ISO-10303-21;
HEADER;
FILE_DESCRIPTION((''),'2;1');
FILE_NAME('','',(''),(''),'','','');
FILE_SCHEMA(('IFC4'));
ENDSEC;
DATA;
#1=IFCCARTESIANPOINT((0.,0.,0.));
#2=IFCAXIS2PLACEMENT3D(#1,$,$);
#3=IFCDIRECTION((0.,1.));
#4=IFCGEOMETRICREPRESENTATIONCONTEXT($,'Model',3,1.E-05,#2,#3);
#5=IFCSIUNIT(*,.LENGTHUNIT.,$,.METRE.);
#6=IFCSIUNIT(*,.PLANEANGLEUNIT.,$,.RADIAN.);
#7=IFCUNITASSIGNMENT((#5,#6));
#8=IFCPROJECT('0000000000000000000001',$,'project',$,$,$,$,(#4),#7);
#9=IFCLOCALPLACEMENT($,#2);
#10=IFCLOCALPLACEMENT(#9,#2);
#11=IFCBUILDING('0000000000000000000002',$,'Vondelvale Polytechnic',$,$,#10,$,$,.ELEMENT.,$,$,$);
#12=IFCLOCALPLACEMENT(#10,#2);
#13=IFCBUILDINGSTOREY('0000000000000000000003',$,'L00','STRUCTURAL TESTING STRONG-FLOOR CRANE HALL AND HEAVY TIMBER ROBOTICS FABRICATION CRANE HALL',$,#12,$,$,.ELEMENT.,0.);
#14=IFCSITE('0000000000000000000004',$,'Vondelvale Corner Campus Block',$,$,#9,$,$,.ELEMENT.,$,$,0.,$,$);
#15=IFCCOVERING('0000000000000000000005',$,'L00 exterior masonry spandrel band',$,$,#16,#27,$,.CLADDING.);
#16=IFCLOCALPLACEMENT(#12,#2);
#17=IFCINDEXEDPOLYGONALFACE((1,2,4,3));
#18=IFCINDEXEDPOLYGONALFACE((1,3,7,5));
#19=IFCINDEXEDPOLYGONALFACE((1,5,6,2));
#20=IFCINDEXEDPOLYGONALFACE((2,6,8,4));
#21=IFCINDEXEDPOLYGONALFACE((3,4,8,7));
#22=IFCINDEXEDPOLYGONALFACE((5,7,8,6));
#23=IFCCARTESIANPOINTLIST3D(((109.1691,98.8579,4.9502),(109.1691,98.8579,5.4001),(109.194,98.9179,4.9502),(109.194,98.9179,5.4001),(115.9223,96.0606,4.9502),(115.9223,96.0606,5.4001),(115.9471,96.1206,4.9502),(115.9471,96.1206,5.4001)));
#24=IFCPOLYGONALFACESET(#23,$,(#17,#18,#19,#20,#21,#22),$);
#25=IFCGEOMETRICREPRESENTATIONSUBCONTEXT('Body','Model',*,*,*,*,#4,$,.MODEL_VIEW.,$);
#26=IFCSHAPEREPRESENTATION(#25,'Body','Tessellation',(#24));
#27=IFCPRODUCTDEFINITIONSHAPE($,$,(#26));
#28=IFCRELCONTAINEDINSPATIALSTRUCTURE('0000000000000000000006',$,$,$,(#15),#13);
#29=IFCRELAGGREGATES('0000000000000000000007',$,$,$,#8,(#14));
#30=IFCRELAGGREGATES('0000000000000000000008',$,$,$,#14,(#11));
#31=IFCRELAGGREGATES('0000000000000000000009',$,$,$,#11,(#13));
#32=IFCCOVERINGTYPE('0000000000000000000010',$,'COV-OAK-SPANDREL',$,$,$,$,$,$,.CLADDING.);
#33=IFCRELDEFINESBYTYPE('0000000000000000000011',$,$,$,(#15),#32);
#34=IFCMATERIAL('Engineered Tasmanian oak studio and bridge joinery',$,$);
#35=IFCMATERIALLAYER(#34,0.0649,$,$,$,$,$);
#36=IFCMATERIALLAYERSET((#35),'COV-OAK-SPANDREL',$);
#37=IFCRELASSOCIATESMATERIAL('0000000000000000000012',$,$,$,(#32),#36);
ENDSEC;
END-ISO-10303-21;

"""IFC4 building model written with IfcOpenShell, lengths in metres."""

from ifc_helpers import new_model, si_unit, direction, frame, origin, origin_2d, place, context, subcontext, project, spatial, rectangle, extrude, material, layer, layer_set, type_object, element, save


model = new_model("IFC4")

# Units and contexts
model_context = context("Model", 3, precision=1e-05, world=origin(), true_north=direction((0.0, 1.0)))
body_context = subcontext(model_context, "Body", "Model", "MODEL_VIEW")
ifc_project = project(units=[si_unit("LENGTHUNIT", "METRE"), si_unit("PLANEANGLEUNIT", "RADIAN")], contexts=[model_context])

# Site, building, storey
site_placement = place(None, origin())
site = spatial("IfcSite", under=ifc_project, at=site_placement, Name="Vondelvale Corner Campus Block", CompositionType="ELEMENT", RefElevation=0.0)
building_placement = place(site_placement, origin())
building = spatial("IfcBuilding", under=site, at=building_placement, Name="Vondelvale Polytechnic", CompositionType="ELEMENT")
storey_placement = place(building_placement, origin())
storey = spatial("IfcBuildingStorey", under=building, at=storey_placement, Name="L00", Description="STRUCTURAL TESTING STRONG-FLOOR CRANE HALL AND HEAVY TIMBER ROBOTICS FABRICATION CRANE HALL", CompositionType="ELEMENT", Elevation=0.0)

# Shared definitions
ifc_material_1 = material(Name="Engineered Tasmanian oak studio and bridge joinery")

# Covering
ifc_layer_1 = layer(ifc_material_1, 0.0649)
ifc_layer_set_1 = layer_set([ifc_layer_1], Name="COV-OAK-SPANDREL")
covering_type_1 = type_object("IfcCoveringType", Name="COV-OAK-SPANDREL", PredefinedType="CLADDING", material=ifc_layer_set_1)
covering_1_placement = place(storey_placement, frame((112.5581, 97.4893, 4.9502), z_axis=(0.0, 0.0, 1.0), x_axis=(-0.92388, 0.382683, 0.0)))
element("IfcCovering", 1, at=covering_1_placement, inside=storey, type_object=covering_type_1, Name="L00 exterior masonry spandrel band", PredefinedType="CLADDING", context=body_context, shape_type="SweptSolid", body=[
    extrude(rectangle(XDim=7.3096, YDim=0.0649, at=origin_2d()), origin(), (0.0, 0.0, 1.0), 0.45),
])

save(model, "model.ifc")
